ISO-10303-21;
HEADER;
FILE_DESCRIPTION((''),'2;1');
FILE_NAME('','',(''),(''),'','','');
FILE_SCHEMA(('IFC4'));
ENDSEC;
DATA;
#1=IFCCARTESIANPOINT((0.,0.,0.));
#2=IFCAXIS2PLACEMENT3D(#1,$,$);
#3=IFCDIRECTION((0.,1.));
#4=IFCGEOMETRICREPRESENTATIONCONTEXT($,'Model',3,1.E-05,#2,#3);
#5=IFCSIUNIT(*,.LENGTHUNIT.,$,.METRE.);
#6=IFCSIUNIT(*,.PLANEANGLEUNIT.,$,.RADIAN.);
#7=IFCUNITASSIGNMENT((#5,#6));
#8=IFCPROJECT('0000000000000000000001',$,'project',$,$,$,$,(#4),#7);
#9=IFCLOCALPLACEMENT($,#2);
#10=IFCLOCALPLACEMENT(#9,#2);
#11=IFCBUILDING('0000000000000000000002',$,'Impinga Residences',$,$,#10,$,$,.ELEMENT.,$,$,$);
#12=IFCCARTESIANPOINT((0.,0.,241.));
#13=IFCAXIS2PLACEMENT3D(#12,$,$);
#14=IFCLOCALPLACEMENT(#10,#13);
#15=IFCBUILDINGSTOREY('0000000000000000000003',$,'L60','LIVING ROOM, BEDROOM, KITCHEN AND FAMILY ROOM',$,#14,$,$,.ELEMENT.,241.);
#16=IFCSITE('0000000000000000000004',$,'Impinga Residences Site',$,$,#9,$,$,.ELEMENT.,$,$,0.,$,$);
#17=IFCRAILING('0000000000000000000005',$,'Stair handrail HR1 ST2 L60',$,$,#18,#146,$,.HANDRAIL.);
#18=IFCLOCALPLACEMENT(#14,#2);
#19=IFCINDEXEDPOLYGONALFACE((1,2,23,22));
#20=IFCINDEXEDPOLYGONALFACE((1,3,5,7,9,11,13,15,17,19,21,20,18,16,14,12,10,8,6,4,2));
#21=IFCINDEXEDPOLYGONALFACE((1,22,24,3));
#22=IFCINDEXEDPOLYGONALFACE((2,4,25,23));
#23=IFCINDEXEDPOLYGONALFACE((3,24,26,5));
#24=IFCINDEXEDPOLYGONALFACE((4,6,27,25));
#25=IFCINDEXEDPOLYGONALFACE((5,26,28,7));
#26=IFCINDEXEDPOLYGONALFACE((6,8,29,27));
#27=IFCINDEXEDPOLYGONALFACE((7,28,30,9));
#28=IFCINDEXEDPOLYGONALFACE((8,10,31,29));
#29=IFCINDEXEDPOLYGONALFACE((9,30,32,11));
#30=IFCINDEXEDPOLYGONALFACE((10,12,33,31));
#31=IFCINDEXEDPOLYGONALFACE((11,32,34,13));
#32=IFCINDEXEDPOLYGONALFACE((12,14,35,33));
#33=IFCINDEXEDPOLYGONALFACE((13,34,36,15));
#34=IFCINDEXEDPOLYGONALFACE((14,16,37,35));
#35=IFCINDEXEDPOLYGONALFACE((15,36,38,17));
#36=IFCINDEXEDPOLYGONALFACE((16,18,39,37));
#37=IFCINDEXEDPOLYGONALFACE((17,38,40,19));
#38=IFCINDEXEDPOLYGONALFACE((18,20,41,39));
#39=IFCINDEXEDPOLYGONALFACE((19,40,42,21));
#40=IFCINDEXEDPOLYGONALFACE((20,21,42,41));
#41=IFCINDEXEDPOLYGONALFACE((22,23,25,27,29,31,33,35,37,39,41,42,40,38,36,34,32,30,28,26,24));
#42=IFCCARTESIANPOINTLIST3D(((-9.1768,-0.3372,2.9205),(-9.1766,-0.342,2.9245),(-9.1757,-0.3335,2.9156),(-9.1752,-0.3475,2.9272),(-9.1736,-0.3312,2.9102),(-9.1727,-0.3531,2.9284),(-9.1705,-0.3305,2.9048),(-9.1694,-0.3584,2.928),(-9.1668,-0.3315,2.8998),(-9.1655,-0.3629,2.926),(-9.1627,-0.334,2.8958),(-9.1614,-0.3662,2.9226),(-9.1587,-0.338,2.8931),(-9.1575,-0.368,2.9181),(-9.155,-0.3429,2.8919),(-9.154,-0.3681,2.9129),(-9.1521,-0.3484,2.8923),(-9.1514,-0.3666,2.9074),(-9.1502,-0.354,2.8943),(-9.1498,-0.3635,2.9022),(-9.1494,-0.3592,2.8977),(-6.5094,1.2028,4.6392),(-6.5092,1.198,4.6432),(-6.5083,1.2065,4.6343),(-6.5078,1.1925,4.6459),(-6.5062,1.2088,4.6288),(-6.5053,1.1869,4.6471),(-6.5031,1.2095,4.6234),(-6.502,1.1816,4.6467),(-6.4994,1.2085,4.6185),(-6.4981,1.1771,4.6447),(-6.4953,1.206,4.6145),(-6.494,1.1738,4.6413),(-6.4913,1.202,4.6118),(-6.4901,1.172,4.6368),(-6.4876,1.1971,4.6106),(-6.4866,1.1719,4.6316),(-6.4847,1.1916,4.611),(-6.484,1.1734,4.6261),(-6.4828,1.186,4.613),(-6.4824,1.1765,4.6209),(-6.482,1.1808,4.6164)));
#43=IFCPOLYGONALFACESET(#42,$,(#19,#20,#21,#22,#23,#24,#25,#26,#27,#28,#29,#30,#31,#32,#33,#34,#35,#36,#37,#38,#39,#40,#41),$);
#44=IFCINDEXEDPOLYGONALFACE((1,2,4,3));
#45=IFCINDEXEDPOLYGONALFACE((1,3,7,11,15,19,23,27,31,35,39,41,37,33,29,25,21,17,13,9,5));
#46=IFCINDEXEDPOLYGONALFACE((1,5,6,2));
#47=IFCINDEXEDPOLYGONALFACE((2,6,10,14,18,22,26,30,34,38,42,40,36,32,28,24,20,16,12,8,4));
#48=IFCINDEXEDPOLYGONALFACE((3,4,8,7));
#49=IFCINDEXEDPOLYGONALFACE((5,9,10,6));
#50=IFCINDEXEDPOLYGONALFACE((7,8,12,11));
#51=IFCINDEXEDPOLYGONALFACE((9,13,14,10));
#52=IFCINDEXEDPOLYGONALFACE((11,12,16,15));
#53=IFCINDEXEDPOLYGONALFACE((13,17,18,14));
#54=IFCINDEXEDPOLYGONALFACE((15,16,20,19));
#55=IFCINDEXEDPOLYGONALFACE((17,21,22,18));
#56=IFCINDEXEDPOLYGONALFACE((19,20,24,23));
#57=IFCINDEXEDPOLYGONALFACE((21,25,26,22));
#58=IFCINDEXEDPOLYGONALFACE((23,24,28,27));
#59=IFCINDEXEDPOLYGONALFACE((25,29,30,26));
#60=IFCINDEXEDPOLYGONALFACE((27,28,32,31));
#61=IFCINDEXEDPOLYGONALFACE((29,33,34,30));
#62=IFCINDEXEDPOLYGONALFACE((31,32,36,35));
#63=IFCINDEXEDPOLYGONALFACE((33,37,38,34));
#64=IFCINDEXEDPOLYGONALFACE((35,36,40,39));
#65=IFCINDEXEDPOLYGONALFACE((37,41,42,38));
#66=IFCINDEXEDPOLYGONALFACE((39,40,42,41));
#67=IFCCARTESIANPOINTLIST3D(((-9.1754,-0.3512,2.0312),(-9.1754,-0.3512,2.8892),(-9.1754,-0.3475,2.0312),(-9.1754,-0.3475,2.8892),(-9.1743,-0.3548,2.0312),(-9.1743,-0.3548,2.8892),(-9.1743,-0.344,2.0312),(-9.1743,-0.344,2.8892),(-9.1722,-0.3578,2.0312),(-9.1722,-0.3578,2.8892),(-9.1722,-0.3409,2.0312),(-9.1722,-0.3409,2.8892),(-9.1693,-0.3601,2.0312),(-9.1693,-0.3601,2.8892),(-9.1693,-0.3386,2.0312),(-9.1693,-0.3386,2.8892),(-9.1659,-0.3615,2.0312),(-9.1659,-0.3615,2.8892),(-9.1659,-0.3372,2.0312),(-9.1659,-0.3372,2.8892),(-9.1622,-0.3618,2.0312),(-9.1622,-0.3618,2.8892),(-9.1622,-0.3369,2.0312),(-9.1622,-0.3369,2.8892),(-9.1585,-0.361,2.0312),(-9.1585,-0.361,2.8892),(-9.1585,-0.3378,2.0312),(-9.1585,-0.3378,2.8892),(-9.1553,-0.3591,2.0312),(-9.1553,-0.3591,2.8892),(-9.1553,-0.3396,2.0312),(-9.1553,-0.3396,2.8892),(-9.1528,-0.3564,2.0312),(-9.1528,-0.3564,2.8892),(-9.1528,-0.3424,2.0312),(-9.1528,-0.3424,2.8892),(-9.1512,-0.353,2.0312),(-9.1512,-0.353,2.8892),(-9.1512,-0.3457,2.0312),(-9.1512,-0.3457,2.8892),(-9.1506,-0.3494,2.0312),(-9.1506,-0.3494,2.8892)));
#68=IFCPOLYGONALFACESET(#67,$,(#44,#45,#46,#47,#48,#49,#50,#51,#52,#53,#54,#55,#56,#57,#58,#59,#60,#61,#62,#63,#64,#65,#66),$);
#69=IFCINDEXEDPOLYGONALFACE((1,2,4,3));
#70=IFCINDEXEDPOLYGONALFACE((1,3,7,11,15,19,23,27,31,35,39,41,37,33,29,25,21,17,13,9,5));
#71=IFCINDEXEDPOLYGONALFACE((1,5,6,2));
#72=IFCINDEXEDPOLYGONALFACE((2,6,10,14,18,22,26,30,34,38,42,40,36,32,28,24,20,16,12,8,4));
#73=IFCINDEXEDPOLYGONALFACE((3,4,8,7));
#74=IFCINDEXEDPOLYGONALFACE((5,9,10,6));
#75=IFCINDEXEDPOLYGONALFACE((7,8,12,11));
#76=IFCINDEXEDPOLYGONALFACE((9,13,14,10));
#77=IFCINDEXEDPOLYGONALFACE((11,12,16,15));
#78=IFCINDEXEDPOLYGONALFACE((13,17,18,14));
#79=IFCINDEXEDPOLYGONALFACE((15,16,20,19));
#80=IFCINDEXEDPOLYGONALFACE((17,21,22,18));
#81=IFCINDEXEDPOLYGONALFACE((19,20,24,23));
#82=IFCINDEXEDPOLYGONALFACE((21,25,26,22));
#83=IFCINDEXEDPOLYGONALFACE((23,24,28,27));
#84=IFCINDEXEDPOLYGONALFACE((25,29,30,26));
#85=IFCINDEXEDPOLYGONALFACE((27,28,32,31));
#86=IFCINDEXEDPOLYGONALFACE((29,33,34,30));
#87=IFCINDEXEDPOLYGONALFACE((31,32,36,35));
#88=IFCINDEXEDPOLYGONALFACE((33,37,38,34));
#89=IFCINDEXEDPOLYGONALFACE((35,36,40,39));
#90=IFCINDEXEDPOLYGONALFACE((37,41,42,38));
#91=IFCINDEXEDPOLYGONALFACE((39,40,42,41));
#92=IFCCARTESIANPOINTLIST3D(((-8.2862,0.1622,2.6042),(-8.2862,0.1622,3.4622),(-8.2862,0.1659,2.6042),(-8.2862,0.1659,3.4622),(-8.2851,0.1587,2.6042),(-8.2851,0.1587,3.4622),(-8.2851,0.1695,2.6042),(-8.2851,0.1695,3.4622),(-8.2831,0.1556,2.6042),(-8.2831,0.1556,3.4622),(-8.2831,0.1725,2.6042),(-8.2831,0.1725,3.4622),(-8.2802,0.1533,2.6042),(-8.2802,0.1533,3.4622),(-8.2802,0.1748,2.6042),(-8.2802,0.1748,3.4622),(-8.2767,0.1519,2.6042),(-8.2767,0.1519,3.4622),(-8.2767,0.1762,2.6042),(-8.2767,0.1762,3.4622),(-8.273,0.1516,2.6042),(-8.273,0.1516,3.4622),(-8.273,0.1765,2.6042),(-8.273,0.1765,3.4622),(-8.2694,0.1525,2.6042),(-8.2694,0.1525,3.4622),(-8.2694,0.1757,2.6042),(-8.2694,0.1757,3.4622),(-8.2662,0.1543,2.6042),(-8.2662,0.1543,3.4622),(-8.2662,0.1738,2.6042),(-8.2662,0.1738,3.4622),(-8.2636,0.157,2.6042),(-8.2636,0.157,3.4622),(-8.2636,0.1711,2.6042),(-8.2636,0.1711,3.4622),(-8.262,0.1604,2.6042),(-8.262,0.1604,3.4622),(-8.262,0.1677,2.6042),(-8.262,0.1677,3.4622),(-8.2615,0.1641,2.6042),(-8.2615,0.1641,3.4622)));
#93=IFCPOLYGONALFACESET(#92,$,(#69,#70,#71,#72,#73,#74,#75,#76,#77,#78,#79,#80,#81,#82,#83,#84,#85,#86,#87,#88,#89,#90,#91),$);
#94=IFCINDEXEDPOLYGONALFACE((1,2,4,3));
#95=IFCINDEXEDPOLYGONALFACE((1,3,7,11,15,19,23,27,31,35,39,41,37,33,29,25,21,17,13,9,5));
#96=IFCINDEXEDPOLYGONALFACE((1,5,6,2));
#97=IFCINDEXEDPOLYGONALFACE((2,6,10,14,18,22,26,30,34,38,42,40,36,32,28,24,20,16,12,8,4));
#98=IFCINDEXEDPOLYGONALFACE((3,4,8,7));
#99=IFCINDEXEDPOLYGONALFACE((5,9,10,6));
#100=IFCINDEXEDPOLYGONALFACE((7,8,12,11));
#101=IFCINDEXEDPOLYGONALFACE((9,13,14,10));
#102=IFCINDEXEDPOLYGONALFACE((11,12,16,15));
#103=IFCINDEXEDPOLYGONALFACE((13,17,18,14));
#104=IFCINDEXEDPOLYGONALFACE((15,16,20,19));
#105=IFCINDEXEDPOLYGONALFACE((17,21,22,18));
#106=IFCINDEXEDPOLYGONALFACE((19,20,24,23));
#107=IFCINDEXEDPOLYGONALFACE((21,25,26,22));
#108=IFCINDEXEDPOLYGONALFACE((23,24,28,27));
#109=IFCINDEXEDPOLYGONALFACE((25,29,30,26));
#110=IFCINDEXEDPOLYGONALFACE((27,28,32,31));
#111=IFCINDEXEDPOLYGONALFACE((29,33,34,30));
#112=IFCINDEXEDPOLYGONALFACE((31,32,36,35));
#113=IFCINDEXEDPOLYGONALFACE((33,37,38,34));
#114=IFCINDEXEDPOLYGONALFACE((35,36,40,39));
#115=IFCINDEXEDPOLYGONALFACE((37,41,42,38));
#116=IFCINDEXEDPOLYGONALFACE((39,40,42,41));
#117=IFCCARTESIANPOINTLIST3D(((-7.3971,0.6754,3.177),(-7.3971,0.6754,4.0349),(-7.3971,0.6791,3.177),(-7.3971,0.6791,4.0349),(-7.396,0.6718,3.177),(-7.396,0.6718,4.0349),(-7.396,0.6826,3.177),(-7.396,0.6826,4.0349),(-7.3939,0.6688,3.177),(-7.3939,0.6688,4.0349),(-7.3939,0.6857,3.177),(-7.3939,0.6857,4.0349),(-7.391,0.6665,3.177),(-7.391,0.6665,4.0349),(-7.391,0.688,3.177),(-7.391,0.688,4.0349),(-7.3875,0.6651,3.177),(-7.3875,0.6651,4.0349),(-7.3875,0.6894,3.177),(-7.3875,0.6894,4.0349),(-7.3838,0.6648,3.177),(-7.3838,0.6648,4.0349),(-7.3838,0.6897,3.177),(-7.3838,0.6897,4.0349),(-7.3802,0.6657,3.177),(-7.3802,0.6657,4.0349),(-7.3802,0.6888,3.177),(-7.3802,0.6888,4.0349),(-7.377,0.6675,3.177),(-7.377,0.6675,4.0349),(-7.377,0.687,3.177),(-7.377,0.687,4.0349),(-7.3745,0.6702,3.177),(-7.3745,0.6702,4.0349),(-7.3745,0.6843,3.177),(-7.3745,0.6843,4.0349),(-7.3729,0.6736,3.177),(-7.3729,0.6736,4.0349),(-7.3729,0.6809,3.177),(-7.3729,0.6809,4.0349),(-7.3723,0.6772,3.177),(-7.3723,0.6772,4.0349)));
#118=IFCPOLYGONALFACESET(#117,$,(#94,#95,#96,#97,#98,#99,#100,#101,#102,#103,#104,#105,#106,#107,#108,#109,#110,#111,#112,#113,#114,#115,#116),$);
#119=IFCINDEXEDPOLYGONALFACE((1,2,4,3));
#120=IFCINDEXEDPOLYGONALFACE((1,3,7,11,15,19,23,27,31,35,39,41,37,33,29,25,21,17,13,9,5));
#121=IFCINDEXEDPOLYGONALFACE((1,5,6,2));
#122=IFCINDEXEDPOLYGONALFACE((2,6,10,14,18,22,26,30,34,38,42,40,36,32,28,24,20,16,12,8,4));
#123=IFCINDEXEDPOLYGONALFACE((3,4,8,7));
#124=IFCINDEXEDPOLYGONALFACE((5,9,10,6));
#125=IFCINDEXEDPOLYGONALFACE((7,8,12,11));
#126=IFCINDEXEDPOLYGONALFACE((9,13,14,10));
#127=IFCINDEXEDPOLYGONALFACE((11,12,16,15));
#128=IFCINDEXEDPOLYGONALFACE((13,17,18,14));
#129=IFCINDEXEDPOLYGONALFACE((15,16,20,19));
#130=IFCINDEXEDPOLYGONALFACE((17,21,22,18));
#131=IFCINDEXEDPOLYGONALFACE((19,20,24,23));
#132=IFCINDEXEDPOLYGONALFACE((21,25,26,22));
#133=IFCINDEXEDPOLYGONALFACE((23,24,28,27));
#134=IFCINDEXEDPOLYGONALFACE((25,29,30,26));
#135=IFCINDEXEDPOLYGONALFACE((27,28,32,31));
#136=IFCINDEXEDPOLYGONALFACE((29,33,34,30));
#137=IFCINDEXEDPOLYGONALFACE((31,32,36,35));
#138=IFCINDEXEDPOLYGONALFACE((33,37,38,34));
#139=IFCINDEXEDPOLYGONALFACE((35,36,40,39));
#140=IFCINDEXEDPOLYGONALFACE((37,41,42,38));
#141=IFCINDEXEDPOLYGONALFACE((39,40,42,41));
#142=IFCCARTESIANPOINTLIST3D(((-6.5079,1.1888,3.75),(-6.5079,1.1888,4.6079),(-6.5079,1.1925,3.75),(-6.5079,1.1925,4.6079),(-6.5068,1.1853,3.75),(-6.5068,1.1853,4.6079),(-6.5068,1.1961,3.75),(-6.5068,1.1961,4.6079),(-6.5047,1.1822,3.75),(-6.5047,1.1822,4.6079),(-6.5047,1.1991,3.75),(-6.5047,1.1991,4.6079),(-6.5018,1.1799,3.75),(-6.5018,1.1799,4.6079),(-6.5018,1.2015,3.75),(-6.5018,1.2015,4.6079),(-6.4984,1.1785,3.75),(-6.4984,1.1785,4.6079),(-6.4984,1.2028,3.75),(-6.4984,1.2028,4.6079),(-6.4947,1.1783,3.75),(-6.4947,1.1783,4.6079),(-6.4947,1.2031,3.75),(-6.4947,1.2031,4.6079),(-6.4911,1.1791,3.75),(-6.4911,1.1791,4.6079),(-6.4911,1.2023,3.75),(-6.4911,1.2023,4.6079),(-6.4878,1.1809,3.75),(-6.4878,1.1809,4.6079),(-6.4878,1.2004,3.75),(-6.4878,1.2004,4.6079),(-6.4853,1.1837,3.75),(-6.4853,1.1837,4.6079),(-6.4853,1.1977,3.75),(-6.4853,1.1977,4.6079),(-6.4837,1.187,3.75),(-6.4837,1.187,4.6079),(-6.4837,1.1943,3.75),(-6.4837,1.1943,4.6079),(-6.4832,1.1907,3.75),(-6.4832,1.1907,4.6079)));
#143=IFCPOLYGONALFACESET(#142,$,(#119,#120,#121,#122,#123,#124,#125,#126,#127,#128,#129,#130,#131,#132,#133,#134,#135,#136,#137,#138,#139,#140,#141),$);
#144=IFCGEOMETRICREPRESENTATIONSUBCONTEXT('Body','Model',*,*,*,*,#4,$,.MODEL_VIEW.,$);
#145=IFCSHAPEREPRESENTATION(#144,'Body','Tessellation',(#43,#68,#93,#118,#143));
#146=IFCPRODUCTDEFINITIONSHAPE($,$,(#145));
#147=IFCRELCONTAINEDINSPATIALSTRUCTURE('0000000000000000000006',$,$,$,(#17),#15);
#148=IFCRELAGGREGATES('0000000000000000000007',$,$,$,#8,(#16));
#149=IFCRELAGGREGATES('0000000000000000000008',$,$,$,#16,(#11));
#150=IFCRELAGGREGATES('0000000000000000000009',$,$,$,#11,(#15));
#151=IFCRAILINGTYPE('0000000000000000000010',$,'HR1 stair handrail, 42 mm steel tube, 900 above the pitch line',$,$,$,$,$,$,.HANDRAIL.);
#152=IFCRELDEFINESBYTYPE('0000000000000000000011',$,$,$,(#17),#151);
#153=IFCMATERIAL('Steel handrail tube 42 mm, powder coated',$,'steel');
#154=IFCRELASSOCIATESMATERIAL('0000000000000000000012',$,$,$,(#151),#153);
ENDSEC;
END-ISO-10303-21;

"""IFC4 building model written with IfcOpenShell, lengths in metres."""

from ifc_helpers import new_model, si_unit, direction, frame, origin, origin_2d, place, context, subcontext, project, spatial, circle, extrude, material, type_object, element, save


model = new_model("IFC4")

# Units and contexts
model_context = context("Model", 3, precision=1e-05, world=origin(), true_north=direction((0.0, 1.0)))
body_context = subcontext(model_context, "Body", "Model", "MODEL_VIEW")
ifc_project = project(units=[si_unit("LENGTHUNIT", "METRE"), si_unit("PLANEANGLEUNIT", "RADIAN")], contexts=[model_context])

# Site, building, storey
site_placement = place(None, origin())
site = spatial("IfcSite", under=ifc_project, at=site_placement, Name="Impinga Residences Site", CompositionType="ELEMENT", RefElevation=0.0)
building_placement = place(site_placement, origin())
building = spatial("IfcBuilding", under=site, at=building_placement, Name="Impinga Residences", CompositionType="ELEMENT")
storey_placement = place(building_placement, frame((0.0, 0.0, 241.0)))
storey = spatial("IfcBuildingStorey", under=building, at=storey_placement, Name="L60", Description="LIVING ROOM, BEDROOM, KITCHEN AND FAMILY ROOM", CompositionType="ELEMENT", Elevation=241.0)

# Railing
ifc_material_1 = material(Name="Steel handrail tube 42 mm, powder coated", Category="steel")
railing_type = type_object("IfcRailingType", Name="HR1 stair handrail, 42 mm steel tube, 900 above the pitch line", PredefinedType="HANDRAIL", material=ifc_material_1)
railing_placement = place(storey_placement, frame((-9.1631, -0.3494, 2.0312)))
element("IfcRailing", 1, at=railing_placement, inside=storey, type_object=railing_type, Name="Stair handrail HR1 ST2 L60", PredefinedType="HANDRAIL", context=body_context, shape_type="SweptSolid", body=[
    extrude(circle(Radius=0.021, at=origin_2d()), frame((0.0, 0.0, 0.8789), z_axis=(0.756256, 0.436616, 0.487282), x_axis=(-0.499992, 0.86603, 0.0)), (0.0, 0.0, 1.0), 3.5271),
    extrude(circle(Radius=0.0125, at=origin_2d()), origin(), (0.0, 0.0, 1.0), 0.8579),
    extrude(circle(Radius=0.0125, at=origin_2d()), frame((0.8892, 0.5134, 0.573)), (0.0, 0.0, 1.0), 0.8579),
    extrude(circle(Radius=0.0125, at=origin_2d()), frame((1.7783, 1.0266, 1.1458)), (0.0, 0.0, 1.0), 0.8579),
    extrude(circle(Radius=0.0125, at=origin_2d()), frame((2.6675, 1.54, 1.7188)), (0.0, 0.0, 1.0), 0.8579),
])

save(model, "model.ifc")
